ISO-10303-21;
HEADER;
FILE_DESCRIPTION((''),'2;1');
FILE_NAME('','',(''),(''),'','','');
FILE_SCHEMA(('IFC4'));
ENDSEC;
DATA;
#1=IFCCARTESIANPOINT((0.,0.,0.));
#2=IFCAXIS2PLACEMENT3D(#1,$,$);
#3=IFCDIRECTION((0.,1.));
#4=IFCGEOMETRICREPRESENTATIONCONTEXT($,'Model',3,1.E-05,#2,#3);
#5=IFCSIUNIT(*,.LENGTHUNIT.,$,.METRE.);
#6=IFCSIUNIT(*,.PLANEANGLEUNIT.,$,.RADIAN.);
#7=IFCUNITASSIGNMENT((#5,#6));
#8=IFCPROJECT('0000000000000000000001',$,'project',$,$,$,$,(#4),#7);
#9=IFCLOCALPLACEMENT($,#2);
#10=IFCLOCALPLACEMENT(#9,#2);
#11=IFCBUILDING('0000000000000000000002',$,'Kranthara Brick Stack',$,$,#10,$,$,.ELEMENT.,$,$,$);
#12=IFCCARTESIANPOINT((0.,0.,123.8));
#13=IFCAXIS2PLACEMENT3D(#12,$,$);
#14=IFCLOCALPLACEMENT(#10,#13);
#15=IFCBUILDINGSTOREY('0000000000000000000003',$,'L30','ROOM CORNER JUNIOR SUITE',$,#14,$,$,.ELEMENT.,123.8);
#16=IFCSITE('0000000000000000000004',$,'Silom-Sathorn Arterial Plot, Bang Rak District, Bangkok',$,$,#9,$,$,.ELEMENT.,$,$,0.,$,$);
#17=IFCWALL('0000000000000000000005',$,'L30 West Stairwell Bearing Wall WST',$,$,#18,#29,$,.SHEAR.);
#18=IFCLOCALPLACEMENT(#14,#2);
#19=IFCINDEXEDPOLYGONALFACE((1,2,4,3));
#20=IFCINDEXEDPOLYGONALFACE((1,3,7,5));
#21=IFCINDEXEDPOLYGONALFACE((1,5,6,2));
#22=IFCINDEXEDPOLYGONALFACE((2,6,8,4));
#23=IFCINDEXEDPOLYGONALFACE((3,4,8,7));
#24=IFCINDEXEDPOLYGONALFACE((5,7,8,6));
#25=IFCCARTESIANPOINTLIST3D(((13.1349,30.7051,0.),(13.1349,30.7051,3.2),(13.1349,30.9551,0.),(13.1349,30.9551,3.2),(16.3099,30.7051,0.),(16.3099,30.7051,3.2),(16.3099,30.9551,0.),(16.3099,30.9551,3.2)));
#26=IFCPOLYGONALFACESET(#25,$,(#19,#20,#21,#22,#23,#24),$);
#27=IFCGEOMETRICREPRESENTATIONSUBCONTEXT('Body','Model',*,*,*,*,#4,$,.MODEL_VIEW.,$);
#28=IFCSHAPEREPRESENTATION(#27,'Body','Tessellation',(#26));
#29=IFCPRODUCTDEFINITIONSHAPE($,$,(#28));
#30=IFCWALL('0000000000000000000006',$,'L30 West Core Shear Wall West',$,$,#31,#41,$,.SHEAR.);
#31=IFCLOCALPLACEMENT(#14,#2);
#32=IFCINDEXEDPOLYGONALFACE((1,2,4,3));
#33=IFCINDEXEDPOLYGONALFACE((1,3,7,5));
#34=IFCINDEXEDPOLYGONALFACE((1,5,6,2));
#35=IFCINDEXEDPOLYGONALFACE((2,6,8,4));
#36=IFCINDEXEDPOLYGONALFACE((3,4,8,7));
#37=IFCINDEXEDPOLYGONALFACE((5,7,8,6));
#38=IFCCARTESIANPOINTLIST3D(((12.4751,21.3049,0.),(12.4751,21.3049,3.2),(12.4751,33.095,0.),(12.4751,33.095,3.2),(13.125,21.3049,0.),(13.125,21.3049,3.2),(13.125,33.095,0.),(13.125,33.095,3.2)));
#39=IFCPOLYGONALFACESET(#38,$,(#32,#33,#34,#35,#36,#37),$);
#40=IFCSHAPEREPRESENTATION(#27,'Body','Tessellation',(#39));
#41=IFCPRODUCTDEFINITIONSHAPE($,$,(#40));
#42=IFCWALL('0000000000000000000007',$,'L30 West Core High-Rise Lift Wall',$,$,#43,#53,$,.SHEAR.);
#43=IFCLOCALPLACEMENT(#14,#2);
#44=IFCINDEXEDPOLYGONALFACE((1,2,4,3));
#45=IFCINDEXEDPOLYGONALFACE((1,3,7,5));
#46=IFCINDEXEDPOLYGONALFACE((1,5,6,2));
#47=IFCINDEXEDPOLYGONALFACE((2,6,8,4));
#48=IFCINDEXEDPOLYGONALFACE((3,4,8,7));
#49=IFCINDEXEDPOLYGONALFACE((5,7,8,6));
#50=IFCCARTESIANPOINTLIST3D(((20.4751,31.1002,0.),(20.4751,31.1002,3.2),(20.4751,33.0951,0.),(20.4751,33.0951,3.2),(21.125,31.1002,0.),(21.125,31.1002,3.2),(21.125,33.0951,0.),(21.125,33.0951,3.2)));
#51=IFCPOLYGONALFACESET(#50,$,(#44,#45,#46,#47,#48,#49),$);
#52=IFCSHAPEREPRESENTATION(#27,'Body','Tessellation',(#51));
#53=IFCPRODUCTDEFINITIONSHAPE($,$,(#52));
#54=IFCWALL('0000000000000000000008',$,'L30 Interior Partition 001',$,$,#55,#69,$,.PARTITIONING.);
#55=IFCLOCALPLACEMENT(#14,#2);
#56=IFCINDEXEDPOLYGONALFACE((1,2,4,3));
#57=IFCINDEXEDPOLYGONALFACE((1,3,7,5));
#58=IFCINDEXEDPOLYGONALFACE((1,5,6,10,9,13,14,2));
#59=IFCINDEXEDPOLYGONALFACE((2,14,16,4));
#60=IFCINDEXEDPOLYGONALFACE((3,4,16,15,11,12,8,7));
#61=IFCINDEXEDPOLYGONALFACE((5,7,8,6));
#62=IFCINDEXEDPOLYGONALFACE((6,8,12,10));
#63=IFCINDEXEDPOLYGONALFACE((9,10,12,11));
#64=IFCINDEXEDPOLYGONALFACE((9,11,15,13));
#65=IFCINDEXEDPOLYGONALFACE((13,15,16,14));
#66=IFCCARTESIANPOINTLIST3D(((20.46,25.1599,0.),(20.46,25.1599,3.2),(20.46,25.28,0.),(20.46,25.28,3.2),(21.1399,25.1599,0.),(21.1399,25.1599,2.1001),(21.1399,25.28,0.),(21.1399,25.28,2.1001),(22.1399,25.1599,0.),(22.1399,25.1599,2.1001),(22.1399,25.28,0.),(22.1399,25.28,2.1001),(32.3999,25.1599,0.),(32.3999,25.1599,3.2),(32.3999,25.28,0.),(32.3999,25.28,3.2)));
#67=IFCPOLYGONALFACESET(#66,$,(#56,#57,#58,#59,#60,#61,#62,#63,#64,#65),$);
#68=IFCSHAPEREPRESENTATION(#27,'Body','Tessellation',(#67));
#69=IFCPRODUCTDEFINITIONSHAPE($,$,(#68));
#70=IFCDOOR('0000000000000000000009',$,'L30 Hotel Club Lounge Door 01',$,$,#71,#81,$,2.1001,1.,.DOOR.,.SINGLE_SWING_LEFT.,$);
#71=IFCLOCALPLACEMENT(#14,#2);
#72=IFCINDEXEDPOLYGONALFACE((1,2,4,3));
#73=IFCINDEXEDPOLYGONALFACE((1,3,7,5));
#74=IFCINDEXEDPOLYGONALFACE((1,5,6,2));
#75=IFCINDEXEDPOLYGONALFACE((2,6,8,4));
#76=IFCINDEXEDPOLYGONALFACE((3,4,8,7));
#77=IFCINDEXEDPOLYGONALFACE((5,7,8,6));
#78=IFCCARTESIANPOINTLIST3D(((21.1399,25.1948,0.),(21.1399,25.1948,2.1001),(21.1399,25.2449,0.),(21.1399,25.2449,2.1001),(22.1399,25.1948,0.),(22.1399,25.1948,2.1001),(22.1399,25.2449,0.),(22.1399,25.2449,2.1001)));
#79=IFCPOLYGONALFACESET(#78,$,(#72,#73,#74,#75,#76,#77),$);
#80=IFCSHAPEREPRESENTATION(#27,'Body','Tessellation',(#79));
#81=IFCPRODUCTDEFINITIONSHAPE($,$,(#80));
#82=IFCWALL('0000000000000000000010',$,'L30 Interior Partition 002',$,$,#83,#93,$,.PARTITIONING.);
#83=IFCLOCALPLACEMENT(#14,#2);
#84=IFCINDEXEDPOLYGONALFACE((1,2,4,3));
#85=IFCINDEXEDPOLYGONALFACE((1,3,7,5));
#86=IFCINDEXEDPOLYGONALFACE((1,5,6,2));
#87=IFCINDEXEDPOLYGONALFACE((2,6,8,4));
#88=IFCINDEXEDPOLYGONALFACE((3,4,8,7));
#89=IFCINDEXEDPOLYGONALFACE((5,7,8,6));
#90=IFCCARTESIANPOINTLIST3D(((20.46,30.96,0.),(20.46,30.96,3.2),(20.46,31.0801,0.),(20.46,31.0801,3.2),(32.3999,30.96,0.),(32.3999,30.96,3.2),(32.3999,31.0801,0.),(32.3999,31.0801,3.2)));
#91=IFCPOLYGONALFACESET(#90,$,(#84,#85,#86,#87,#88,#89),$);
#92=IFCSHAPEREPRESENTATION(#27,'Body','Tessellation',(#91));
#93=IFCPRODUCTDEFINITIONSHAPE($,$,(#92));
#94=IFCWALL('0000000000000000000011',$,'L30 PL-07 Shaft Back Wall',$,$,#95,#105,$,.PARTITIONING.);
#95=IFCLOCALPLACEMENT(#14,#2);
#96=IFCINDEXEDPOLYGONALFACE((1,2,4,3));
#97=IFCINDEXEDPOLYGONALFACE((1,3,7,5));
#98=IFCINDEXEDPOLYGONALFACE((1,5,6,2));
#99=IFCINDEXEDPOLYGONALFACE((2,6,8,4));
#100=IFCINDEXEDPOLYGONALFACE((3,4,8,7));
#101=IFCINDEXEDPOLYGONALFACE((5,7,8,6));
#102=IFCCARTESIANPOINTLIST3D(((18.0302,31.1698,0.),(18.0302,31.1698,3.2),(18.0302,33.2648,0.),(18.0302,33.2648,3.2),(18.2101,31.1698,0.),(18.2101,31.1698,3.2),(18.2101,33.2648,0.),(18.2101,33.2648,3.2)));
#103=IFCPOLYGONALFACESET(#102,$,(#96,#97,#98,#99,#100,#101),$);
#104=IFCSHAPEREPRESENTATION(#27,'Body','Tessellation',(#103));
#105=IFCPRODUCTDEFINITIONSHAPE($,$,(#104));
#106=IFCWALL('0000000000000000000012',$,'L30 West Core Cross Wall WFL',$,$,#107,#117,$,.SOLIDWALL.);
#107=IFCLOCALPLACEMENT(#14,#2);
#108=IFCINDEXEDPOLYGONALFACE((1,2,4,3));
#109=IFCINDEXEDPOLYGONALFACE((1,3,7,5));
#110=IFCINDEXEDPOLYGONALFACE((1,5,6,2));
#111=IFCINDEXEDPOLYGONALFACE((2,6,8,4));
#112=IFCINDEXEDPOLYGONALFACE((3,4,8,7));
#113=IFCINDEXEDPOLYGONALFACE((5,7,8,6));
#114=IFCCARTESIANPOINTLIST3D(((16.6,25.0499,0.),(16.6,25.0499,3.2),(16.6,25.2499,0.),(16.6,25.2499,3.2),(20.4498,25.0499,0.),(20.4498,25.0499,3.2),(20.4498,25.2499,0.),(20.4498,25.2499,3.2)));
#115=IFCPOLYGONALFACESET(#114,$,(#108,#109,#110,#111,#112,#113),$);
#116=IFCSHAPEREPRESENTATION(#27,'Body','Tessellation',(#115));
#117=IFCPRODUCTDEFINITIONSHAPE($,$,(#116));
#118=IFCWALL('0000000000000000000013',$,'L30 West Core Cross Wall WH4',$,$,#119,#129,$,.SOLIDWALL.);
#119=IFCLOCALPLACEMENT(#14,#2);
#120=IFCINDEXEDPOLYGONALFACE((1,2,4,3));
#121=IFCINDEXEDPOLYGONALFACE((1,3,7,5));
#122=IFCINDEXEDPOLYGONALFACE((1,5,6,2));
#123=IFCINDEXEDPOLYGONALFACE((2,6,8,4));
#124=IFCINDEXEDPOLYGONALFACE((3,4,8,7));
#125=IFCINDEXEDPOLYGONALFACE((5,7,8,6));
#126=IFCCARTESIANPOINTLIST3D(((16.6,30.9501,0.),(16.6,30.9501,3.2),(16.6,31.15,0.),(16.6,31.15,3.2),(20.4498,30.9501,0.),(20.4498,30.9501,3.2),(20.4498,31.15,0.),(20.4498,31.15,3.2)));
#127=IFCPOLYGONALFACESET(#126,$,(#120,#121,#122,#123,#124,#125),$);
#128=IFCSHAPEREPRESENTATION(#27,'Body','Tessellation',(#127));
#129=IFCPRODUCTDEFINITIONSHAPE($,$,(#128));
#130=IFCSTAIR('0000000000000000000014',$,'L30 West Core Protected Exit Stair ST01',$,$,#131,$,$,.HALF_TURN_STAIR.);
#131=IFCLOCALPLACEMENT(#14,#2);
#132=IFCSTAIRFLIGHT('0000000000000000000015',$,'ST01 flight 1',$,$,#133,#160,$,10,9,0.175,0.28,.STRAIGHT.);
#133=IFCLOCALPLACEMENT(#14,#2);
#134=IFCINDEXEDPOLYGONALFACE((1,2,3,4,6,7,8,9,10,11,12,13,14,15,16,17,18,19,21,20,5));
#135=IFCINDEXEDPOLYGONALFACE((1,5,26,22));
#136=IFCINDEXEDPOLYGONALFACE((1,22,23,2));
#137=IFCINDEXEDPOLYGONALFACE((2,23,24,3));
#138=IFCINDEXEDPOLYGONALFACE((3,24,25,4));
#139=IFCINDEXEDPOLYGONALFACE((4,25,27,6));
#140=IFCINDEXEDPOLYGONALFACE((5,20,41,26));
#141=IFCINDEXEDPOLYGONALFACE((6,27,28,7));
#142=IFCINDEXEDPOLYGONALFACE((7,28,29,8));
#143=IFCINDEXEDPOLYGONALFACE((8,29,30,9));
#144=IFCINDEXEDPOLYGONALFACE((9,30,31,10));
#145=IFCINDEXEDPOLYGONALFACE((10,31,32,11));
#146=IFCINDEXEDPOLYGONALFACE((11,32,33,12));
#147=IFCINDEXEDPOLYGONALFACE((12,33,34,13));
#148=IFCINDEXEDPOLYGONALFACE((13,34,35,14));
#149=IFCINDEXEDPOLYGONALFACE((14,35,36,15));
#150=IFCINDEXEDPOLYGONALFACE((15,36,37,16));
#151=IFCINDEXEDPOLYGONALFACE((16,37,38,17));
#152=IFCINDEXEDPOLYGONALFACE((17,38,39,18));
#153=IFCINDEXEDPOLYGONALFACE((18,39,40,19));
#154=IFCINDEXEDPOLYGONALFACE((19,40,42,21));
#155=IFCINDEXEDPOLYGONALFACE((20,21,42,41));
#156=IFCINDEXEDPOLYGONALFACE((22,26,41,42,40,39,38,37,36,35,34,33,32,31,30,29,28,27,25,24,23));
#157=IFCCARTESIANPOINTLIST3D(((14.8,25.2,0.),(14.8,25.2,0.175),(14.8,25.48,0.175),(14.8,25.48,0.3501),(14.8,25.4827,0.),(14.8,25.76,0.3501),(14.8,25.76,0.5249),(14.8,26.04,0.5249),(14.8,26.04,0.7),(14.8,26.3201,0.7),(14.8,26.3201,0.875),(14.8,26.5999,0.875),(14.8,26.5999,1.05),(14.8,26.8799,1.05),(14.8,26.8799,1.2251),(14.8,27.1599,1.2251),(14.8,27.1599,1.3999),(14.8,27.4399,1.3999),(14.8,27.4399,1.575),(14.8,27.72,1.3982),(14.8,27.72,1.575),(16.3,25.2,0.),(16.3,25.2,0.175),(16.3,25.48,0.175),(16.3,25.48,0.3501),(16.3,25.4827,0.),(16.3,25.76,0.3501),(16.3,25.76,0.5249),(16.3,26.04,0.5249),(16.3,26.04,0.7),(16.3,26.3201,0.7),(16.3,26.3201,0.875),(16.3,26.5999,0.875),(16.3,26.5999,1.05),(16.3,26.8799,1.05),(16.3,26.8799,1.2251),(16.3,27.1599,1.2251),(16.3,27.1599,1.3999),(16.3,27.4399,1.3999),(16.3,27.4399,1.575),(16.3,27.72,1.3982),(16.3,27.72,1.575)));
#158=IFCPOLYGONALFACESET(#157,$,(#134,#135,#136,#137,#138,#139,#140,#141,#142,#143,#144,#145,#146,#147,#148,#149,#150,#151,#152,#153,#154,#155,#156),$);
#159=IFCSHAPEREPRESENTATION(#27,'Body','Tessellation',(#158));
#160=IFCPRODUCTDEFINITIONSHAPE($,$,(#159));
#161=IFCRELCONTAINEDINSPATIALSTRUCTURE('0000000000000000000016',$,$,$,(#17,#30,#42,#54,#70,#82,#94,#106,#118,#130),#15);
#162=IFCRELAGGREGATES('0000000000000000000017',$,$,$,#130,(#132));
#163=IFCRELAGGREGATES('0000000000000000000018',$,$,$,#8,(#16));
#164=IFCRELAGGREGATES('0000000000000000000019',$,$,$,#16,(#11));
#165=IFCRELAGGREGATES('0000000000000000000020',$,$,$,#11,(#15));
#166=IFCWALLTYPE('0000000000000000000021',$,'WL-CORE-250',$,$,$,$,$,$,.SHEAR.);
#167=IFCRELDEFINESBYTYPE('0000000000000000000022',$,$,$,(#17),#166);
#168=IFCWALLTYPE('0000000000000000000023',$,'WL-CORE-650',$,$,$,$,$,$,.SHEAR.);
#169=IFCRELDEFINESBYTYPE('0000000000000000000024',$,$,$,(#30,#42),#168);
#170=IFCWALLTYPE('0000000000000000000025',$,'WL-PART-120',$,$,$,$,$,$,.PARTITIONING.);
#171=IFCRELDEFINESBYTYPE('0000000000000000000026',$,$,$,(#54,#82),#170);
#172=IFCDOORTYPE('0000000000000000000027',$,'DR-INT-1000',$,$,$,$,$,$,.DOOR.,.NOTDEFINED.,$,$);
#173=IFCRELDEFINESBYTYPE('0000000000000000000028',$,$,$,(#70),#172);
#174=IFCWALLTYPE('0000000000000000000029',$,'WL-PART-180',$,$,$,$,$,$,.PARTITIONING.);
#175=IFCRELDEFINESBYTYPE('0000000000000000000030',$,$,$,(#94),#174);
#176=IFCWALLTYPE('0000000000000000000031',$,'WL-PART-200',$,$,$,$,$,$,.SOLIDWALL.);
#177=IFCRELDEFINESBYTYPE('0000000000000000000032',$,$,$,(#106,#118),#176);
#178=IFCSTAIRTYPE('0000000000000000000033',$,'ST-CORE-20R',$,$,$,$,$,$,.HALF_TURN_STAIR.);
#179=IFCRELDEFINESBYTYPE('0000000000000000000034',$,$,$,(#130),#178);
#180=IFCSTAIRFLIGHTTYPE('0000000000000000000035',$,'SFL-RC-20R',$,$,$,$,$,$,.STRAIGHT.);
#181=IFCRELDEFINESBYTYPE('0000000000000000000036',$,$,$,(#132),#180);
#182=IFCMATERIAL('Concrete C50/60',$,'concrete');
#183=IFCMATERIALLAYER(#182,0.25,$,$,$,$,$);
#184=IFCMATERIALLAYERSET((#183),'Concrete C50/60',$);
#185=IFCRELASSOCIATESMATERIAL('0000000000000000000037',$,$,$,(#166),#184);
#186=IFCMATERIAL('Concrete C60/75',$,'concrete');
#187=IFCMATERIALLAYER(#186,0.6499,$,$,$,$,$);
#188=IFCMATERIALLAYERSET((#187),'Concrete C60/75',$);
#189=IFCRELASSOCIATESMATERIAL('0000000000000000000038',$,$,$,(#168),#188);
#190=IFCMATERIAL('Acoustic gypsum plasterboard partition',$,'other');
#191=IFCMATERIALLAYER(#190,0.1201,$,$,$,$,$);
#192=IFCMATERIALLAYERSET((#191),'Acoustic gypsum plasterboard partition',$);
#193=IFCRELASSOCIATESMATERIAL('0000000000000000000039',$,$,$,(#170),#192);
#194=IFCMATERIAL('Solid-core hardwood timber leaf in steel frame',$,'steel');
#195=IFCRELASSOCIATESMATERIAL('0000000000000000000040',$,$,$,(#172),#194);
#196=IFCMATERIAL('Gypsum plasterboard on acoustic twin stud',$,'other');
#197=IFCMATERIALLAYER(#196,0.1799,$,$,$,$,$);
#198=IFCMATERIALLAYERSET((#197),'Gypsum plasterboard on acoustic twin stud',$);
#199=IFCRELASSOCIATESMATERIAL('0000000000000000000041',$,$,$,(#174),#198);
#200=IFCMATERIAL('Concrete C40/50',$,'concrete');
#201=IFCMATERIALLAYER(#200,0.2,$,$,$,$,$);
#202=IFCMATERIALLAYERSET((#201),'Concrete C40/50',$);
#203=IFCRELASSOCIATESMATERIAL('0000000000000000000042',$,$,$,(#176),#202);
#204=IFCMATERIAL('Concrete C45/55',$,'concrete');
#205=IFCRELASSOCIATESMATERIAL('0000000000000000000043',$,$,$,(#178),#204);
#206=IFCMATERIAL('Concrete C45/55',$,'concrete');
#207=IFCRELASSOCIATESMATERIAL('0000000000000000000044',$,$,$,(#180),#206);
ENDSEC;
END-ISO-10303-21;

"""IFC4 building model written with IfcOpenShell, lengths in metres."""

from ifc_helpers import new_model, si_unit, direction, frame, frame_2d, origin, place, context, subcontext, project, spatial, polyline, rectangle, outline, extrude, material, layer, layer_set, type_object, element, fill, aggregate, save


model = new_model("IFC4")

# Units and contexts
model_context = context("Model", 3, precision=1e-05, world=origin(), true_north=direction((0.0, 1.0)))
body_context = subcontext(model_context, "Body", "Model", "MODEL_VIEW")
ifc_project = project(units=[si_unit("LENGTHUNIT", "METRE"), si_unit("PLANEANGLEUNIT", "RADIAN")], contexts=[model_context])

# Site, building, storey
site_placement = place(None, origin())
site = spatial("IfcSite", under=ifc_project, at=site_placement, Name="Silom-Sathorn Arterial Plot, Bang Rak District, Bangkok", CompositionType="ELEMENT", RefElevation=0.0)
building_placement = place(site_placement, origin())
building = spatial("IfcBuilding", under=site, at=building_placement, Name="Kranthara Brick Stack", CompositionType="ELEMENT")
storey_placement = place(building_placement, frame((0.0, 0.0, 123.8)))
storey = spatial("IfcBuildingStorey", under=building, at=storey_placement, Name="L30", Description="ROOM CORNER JUNIOR SUITE", CompositionType="ELEMENT", Elevation=123.8)

# Shared definitions
ifc_material_1 = material(Name="Concrete C50/60", Category="concrete")
ifc_layer_1 = layer(ifc_material_1, 0.25)
ifc_layer_set_1 = layer_set([ifc_layer_1], Name="Concrete C50/60")
wall_type_1 = type_object("IfcWallType", Name="WL-CORE-250", PredefinedType="SHEAR", material=ifc_layer_set_1)

# Walls
for number, where, z_axis, x_axis, name in (
    (1, (13.135, 30.8301, 0.0), (0.0, 0.0, 1.0), (1.0, 0.0, 0.0), "L30 West Stairwell Bearing Wall WST"),
):
    element("IfcWall", number, at=place(storey_placement, frame(where, z_axis=z_axis, x_axis=x_axis)), inside=storey, type_object=wall_type_1, Name=name, PredefinedType="SHEAR", context=body_context, shape_type="SweptSolid", body=[
        extrude(rectangle(XDim=3.175, YDim=0.25, at=frame_2d((1.5874, 0.0))), origin(), (0.0, 0.0, 1.0), 3.2),
    ])
ifc_material_2 = material(Name="Concrete C60/75", Category="concrete")
ifc_layer_2 = layer(ifc_material_2, 0.6499)
ifc_layer_set_2 = layer_set([ifc_layer_2], Name="Concrete C60/75")
wall_type_2 = type_object("IfcWallType", Name="WL-CORE-650", PredefinedType="SHEAR", material=ifc_layer_set_2)
wall_1_placement = place(storey_placement, frame((12.8, 21.3049, 0.0), z_axis=(0.0, 0.0, 1.0), x_axis=(0.0, 1.0, 0.0)))
element("IfcWall", 2, at=wall_1_placement, inside=storey, type_object=wall_type_2, Name="L30 West Core Shear Wall West", PredefinedType="SHEAR", context=body_context, shape_type="SweptSolid", body=[
    extrude(rectangle(XDim=11.79, YDim=0.6499, at=frame_2d((5.895, 0.0))), origin(), (0.0, 0.0, 1.0), 3.2),
])

# Wall
wall_2_placement = place(storey_placement, frame((20.8, 31.1001, 0.0), z_axis=(0.0, 0.0, 1.0), x_axis=(0.0, 1.0, 0.0)))
element("IfcWall", 3, at=wall_2_placement, inside=storey, type_object=wall_type_2, Name="L30 West Core High-Rise Lift Wall", PredefinedType="SHEAR", context=body_context, shape_type="SweptSolid", body=[
    extrude(rectangle(XDim=1.9949, YDim=0.6499, at=frame_2d((0.9976, 0.0))), origin(), (0.0, 0.0, 1.0), 3.2),
])

# Wall, opening, door
ifc_material_3 = material(Name="Acoustic gypsum plasterboard partition", Category="other")
ifc_layer_3 = layer(ifc_material_3, 0.1201)
ifc_layer_set_3 = layer_set([ifc_layer_3], Name="Acoustic gypsum plasterboard partition")
wall_type_3 = type_object("IfcWallType", Name="WL-PART-120", PredefinedType="PARTITIONING", material=ifc_layer_set_3)
wall_3_placement = place(storey_placement, frame((20.46, 25.22, 0.0), z_axis=(0.0, 0.0, 1.0), x_axis=(1.0, 0.0, 0.0)))
wall_3 = element("IfcWall", 4, at=wall_3_placement, inside=storey, type_object=wall_type_3, Name="L30 Interior Partition 001", PredefinedType="PARTITIONING", context=body_context, shape_type="SweptSolid", body=[
    extrude(rectangle(XDim=11.9399, YDim=0.1201, at=frame_2d((5.97, 0.0))), origin(), (0.0, 0.0, 1.0), 3.2),
])
opening_1_placement = place(wall_3_placement, frame((0.6799, 0.0, 0.0)))
opening_1 = element("IfcOpeningElement", 5, at=opening_1_placement, cuts=wall_3, PredefinedType="OPENING", context=body_context, shape_type="SweptSolid", body=[
    extrude(rectangle(XDim=1.0, YDim=2.1001, at=frame_2d((0.5, 1.05))), frame((0.0, 0.0701, 0.0), z_axis=(0.0, -1.0, 0.0), x_axis=(1.0, 0.0, 0.0)), (0.0, 0.0, 1.0), 0.1401),
])
ifc_material_4 = material(Name="Solid-core hardwood timber leaf in steel frame", Category="steel")
door_type_1 = type_object("IfcDoorType", Name="DR-INT-1000", OperationType="NOTDEFINED", PredefinedType="DOOR", material=ifc_material_4)
door_1_placement = place(opening_1_placement, origin())
door_1 = element("IfcDoor", 6, at=door_1_placement, inside=storey, type_object=door_type_1, Name="L30 Hotel Club Lounge Door 01", OperationType="SINGLE_SWING_LEFT", OverallHeight=2.1001, OverallWidth=1.0, PredefinedType="DOOR", context=body_context, shape_type="SweptSolid", body=[
    extrude(rectangle(XDim=1.0, YDim=2.1001, at=frame_2d((0.5, 1.05))), frame((0.0, 0.0249, 0.0), z_axis=(0.0, -1.0, 0.0), x_axis=(1.0, 0.0, 0.0)), (0.0, 0.0, 1.0), 0.05),
])
fill(opening_1, door_1)

# Walls
wall_4_placement = place(storey_placement, frame((20.46, 31.02, 0.0), z_axis=(0.0, 0.0, 1.0), x_axis=(1.0, 0.0, 0.0)))
element("IfcWall", 7, at=wall_4_placement, inside=storey, type_object=wall_type_3, Name="L30 Interior Partition 002", PredefinedType="PARTITIONING", context=body_context, shape_type="SweptSolid", body=[
    extrude(rectangle(XDim=11.9399, YDim=0.1201, at=frame_2d((5.97, 0.0))), origin(), (0.0, 0.0, 1.0), 3.2),
])
ifc_material_5 = material(Name="Gypsum plasterboard on acoustic twin stud", Category="other")
ifc_layer_4 = layer(ifc_material_5, 0.1799)
ifc_layer_set_4 = layer_set([ifc_layer_4], Name="Gypsum plasterboard on acoustic twin stud")
wall_type_4 = type_object("IfcWallType", Name="WL-PART-180", PredefinedType="PARTITIONING", material=ifc_layer_set_4)
wall_5_placement = place(storey_placement, frame((18.1201, 31.1699, 0.0), z_axis=(0.0, 0.0, 1.0), x_axis=(0.0, 1.0, 0.0)))
element("IfcWall", 8, at=wall_5_placement, inside=storey, type_object=wall_type_4, Name="L30 PL-07 Shaft Back Wall", PredefinedType="PARTITIONING", context=body_context, shape_type="SweptSolid", body=[
    extrude(rectangle(XDim=2.095, YDim=0.1799, at=frame_2d((1.0474, 0.0))), origin(), (0.0, 0.0, 1.0), 3.2),
])
ifc_material_6 = material(Name="Concrete C40/50", Category="concrete")
ifc_layer_5 = layer(ifc_material_6, 0.2)
ifc_layer_set_5 = layer_set([ifc_layer_5], Name="Concrete C40/50")
wall_type_5 = type_object("IfcWallType", Name="WL-PART-200", PredefinedType="SOLIDWALL", material=ifc_layer_set_5)
for number, where, z_axis, x_axis, name in (
    (9, (16.6001, 25.1499, 0.0), (0.0, 0.0, 1.0), (1.0, 0.0, 0.0), "L30 West Core Cross Wall WFL"),
    (10, (16.6001, 31.05, 0.0), (0.0, 0.0, 1.0), (1.0, 0.0, 0.0), "L30 West Core Cross Wall WH4"),
):
    element("IfcWall", number, at=place(storey_placement, frame(where, z_axis=z_axis, x_axis=x_axis)), inside=storey, type_object=wall_type_5, Name=name, PredefinedType="SOLIDWALL", context=body_context, shape_type="SweptSolid", body=[
        extrude(rectangle(XDim=3.8499, YDim=0.2, at=frame_2d((1.9248, 0.0))), origin(), (0.0, 0.0, 1.0), 3.2),
    ])

# Stair, stair flight
ifc_material_7 = material(Name="Concrete C45/55", Category="concrete")
stair_type = type_object("IfcStairType", Name="ST-CORE-20R", PredefinedType="HALF_TURN_STAIR", material=ifc_material_7)
stair_placement = place(storey_placement, origin())
stair = element("IfcStair", 11, at=stair_placement, inside=storey, type_object=stair_type, Name="L30 West Core Protected Exit Stair ST01", PredefinedType="HALF_TURN_STAIR")
ifc_material_8 = material(Name="Concrete C45/55", Category="concrete")
stair_flight_type = type_object("IfcStairFlightType", Name="SFL-RC-20R", PredefinedType="STRAIGHT", material=ifc_material_8)
stair_flight_1_placement = place(storey_placement, frame((15.55, 25.2, 0.0), z_axis=(0.0, 0.0, 1.0), x_axis=(0.0, 1.0, 0.0)))
stair_flight_1 = element("IfcStairFlight", 12, at=stair_flight_1_placement, type_object=stair_flight_type, Name="ST01 flight 1", NumberOfRisers=10, NumberOfTreads=9, PredefinedType="STRAIGHT", RiserHeight=0.175, TreadLength=0.28, context=body_context, shape_type="SweptSolid", body=[
    extrude(outline(polyline([(0.0, 0.0), (0.0, 0.175), (0.28, 0.175), (0.28, 0.3501), (0.5601, 0.3501), (0.5601, 0.5249), (0.8401, 0.5249), (0.8401, 0.7), (1.1201, 0.7), (1.1201, 0.875), (1.3999, 0.875), (1.3999, 1.05), (1.6799, 1.05), (1.6799, 1.2251), (1.96, 1.2251), (1.96, 1.3999), (2.24, 1.3999), (2.24, 1.575), (2.52, 1.575), (2.52, 1.75), (2.52, 1.3982), (0.2827, 0.0), (0.0, 0.0)])), frame((0.0, 0.75, 0.0), z_axis=(0.0, -1.0, 0.0), x_axis=(1.0, 0.0, 0.0)), (0.0, 0.0, 1.0), 1.5),
])
aggregate(stair, [stair_flight_1])

save(model, "model.ifc")
